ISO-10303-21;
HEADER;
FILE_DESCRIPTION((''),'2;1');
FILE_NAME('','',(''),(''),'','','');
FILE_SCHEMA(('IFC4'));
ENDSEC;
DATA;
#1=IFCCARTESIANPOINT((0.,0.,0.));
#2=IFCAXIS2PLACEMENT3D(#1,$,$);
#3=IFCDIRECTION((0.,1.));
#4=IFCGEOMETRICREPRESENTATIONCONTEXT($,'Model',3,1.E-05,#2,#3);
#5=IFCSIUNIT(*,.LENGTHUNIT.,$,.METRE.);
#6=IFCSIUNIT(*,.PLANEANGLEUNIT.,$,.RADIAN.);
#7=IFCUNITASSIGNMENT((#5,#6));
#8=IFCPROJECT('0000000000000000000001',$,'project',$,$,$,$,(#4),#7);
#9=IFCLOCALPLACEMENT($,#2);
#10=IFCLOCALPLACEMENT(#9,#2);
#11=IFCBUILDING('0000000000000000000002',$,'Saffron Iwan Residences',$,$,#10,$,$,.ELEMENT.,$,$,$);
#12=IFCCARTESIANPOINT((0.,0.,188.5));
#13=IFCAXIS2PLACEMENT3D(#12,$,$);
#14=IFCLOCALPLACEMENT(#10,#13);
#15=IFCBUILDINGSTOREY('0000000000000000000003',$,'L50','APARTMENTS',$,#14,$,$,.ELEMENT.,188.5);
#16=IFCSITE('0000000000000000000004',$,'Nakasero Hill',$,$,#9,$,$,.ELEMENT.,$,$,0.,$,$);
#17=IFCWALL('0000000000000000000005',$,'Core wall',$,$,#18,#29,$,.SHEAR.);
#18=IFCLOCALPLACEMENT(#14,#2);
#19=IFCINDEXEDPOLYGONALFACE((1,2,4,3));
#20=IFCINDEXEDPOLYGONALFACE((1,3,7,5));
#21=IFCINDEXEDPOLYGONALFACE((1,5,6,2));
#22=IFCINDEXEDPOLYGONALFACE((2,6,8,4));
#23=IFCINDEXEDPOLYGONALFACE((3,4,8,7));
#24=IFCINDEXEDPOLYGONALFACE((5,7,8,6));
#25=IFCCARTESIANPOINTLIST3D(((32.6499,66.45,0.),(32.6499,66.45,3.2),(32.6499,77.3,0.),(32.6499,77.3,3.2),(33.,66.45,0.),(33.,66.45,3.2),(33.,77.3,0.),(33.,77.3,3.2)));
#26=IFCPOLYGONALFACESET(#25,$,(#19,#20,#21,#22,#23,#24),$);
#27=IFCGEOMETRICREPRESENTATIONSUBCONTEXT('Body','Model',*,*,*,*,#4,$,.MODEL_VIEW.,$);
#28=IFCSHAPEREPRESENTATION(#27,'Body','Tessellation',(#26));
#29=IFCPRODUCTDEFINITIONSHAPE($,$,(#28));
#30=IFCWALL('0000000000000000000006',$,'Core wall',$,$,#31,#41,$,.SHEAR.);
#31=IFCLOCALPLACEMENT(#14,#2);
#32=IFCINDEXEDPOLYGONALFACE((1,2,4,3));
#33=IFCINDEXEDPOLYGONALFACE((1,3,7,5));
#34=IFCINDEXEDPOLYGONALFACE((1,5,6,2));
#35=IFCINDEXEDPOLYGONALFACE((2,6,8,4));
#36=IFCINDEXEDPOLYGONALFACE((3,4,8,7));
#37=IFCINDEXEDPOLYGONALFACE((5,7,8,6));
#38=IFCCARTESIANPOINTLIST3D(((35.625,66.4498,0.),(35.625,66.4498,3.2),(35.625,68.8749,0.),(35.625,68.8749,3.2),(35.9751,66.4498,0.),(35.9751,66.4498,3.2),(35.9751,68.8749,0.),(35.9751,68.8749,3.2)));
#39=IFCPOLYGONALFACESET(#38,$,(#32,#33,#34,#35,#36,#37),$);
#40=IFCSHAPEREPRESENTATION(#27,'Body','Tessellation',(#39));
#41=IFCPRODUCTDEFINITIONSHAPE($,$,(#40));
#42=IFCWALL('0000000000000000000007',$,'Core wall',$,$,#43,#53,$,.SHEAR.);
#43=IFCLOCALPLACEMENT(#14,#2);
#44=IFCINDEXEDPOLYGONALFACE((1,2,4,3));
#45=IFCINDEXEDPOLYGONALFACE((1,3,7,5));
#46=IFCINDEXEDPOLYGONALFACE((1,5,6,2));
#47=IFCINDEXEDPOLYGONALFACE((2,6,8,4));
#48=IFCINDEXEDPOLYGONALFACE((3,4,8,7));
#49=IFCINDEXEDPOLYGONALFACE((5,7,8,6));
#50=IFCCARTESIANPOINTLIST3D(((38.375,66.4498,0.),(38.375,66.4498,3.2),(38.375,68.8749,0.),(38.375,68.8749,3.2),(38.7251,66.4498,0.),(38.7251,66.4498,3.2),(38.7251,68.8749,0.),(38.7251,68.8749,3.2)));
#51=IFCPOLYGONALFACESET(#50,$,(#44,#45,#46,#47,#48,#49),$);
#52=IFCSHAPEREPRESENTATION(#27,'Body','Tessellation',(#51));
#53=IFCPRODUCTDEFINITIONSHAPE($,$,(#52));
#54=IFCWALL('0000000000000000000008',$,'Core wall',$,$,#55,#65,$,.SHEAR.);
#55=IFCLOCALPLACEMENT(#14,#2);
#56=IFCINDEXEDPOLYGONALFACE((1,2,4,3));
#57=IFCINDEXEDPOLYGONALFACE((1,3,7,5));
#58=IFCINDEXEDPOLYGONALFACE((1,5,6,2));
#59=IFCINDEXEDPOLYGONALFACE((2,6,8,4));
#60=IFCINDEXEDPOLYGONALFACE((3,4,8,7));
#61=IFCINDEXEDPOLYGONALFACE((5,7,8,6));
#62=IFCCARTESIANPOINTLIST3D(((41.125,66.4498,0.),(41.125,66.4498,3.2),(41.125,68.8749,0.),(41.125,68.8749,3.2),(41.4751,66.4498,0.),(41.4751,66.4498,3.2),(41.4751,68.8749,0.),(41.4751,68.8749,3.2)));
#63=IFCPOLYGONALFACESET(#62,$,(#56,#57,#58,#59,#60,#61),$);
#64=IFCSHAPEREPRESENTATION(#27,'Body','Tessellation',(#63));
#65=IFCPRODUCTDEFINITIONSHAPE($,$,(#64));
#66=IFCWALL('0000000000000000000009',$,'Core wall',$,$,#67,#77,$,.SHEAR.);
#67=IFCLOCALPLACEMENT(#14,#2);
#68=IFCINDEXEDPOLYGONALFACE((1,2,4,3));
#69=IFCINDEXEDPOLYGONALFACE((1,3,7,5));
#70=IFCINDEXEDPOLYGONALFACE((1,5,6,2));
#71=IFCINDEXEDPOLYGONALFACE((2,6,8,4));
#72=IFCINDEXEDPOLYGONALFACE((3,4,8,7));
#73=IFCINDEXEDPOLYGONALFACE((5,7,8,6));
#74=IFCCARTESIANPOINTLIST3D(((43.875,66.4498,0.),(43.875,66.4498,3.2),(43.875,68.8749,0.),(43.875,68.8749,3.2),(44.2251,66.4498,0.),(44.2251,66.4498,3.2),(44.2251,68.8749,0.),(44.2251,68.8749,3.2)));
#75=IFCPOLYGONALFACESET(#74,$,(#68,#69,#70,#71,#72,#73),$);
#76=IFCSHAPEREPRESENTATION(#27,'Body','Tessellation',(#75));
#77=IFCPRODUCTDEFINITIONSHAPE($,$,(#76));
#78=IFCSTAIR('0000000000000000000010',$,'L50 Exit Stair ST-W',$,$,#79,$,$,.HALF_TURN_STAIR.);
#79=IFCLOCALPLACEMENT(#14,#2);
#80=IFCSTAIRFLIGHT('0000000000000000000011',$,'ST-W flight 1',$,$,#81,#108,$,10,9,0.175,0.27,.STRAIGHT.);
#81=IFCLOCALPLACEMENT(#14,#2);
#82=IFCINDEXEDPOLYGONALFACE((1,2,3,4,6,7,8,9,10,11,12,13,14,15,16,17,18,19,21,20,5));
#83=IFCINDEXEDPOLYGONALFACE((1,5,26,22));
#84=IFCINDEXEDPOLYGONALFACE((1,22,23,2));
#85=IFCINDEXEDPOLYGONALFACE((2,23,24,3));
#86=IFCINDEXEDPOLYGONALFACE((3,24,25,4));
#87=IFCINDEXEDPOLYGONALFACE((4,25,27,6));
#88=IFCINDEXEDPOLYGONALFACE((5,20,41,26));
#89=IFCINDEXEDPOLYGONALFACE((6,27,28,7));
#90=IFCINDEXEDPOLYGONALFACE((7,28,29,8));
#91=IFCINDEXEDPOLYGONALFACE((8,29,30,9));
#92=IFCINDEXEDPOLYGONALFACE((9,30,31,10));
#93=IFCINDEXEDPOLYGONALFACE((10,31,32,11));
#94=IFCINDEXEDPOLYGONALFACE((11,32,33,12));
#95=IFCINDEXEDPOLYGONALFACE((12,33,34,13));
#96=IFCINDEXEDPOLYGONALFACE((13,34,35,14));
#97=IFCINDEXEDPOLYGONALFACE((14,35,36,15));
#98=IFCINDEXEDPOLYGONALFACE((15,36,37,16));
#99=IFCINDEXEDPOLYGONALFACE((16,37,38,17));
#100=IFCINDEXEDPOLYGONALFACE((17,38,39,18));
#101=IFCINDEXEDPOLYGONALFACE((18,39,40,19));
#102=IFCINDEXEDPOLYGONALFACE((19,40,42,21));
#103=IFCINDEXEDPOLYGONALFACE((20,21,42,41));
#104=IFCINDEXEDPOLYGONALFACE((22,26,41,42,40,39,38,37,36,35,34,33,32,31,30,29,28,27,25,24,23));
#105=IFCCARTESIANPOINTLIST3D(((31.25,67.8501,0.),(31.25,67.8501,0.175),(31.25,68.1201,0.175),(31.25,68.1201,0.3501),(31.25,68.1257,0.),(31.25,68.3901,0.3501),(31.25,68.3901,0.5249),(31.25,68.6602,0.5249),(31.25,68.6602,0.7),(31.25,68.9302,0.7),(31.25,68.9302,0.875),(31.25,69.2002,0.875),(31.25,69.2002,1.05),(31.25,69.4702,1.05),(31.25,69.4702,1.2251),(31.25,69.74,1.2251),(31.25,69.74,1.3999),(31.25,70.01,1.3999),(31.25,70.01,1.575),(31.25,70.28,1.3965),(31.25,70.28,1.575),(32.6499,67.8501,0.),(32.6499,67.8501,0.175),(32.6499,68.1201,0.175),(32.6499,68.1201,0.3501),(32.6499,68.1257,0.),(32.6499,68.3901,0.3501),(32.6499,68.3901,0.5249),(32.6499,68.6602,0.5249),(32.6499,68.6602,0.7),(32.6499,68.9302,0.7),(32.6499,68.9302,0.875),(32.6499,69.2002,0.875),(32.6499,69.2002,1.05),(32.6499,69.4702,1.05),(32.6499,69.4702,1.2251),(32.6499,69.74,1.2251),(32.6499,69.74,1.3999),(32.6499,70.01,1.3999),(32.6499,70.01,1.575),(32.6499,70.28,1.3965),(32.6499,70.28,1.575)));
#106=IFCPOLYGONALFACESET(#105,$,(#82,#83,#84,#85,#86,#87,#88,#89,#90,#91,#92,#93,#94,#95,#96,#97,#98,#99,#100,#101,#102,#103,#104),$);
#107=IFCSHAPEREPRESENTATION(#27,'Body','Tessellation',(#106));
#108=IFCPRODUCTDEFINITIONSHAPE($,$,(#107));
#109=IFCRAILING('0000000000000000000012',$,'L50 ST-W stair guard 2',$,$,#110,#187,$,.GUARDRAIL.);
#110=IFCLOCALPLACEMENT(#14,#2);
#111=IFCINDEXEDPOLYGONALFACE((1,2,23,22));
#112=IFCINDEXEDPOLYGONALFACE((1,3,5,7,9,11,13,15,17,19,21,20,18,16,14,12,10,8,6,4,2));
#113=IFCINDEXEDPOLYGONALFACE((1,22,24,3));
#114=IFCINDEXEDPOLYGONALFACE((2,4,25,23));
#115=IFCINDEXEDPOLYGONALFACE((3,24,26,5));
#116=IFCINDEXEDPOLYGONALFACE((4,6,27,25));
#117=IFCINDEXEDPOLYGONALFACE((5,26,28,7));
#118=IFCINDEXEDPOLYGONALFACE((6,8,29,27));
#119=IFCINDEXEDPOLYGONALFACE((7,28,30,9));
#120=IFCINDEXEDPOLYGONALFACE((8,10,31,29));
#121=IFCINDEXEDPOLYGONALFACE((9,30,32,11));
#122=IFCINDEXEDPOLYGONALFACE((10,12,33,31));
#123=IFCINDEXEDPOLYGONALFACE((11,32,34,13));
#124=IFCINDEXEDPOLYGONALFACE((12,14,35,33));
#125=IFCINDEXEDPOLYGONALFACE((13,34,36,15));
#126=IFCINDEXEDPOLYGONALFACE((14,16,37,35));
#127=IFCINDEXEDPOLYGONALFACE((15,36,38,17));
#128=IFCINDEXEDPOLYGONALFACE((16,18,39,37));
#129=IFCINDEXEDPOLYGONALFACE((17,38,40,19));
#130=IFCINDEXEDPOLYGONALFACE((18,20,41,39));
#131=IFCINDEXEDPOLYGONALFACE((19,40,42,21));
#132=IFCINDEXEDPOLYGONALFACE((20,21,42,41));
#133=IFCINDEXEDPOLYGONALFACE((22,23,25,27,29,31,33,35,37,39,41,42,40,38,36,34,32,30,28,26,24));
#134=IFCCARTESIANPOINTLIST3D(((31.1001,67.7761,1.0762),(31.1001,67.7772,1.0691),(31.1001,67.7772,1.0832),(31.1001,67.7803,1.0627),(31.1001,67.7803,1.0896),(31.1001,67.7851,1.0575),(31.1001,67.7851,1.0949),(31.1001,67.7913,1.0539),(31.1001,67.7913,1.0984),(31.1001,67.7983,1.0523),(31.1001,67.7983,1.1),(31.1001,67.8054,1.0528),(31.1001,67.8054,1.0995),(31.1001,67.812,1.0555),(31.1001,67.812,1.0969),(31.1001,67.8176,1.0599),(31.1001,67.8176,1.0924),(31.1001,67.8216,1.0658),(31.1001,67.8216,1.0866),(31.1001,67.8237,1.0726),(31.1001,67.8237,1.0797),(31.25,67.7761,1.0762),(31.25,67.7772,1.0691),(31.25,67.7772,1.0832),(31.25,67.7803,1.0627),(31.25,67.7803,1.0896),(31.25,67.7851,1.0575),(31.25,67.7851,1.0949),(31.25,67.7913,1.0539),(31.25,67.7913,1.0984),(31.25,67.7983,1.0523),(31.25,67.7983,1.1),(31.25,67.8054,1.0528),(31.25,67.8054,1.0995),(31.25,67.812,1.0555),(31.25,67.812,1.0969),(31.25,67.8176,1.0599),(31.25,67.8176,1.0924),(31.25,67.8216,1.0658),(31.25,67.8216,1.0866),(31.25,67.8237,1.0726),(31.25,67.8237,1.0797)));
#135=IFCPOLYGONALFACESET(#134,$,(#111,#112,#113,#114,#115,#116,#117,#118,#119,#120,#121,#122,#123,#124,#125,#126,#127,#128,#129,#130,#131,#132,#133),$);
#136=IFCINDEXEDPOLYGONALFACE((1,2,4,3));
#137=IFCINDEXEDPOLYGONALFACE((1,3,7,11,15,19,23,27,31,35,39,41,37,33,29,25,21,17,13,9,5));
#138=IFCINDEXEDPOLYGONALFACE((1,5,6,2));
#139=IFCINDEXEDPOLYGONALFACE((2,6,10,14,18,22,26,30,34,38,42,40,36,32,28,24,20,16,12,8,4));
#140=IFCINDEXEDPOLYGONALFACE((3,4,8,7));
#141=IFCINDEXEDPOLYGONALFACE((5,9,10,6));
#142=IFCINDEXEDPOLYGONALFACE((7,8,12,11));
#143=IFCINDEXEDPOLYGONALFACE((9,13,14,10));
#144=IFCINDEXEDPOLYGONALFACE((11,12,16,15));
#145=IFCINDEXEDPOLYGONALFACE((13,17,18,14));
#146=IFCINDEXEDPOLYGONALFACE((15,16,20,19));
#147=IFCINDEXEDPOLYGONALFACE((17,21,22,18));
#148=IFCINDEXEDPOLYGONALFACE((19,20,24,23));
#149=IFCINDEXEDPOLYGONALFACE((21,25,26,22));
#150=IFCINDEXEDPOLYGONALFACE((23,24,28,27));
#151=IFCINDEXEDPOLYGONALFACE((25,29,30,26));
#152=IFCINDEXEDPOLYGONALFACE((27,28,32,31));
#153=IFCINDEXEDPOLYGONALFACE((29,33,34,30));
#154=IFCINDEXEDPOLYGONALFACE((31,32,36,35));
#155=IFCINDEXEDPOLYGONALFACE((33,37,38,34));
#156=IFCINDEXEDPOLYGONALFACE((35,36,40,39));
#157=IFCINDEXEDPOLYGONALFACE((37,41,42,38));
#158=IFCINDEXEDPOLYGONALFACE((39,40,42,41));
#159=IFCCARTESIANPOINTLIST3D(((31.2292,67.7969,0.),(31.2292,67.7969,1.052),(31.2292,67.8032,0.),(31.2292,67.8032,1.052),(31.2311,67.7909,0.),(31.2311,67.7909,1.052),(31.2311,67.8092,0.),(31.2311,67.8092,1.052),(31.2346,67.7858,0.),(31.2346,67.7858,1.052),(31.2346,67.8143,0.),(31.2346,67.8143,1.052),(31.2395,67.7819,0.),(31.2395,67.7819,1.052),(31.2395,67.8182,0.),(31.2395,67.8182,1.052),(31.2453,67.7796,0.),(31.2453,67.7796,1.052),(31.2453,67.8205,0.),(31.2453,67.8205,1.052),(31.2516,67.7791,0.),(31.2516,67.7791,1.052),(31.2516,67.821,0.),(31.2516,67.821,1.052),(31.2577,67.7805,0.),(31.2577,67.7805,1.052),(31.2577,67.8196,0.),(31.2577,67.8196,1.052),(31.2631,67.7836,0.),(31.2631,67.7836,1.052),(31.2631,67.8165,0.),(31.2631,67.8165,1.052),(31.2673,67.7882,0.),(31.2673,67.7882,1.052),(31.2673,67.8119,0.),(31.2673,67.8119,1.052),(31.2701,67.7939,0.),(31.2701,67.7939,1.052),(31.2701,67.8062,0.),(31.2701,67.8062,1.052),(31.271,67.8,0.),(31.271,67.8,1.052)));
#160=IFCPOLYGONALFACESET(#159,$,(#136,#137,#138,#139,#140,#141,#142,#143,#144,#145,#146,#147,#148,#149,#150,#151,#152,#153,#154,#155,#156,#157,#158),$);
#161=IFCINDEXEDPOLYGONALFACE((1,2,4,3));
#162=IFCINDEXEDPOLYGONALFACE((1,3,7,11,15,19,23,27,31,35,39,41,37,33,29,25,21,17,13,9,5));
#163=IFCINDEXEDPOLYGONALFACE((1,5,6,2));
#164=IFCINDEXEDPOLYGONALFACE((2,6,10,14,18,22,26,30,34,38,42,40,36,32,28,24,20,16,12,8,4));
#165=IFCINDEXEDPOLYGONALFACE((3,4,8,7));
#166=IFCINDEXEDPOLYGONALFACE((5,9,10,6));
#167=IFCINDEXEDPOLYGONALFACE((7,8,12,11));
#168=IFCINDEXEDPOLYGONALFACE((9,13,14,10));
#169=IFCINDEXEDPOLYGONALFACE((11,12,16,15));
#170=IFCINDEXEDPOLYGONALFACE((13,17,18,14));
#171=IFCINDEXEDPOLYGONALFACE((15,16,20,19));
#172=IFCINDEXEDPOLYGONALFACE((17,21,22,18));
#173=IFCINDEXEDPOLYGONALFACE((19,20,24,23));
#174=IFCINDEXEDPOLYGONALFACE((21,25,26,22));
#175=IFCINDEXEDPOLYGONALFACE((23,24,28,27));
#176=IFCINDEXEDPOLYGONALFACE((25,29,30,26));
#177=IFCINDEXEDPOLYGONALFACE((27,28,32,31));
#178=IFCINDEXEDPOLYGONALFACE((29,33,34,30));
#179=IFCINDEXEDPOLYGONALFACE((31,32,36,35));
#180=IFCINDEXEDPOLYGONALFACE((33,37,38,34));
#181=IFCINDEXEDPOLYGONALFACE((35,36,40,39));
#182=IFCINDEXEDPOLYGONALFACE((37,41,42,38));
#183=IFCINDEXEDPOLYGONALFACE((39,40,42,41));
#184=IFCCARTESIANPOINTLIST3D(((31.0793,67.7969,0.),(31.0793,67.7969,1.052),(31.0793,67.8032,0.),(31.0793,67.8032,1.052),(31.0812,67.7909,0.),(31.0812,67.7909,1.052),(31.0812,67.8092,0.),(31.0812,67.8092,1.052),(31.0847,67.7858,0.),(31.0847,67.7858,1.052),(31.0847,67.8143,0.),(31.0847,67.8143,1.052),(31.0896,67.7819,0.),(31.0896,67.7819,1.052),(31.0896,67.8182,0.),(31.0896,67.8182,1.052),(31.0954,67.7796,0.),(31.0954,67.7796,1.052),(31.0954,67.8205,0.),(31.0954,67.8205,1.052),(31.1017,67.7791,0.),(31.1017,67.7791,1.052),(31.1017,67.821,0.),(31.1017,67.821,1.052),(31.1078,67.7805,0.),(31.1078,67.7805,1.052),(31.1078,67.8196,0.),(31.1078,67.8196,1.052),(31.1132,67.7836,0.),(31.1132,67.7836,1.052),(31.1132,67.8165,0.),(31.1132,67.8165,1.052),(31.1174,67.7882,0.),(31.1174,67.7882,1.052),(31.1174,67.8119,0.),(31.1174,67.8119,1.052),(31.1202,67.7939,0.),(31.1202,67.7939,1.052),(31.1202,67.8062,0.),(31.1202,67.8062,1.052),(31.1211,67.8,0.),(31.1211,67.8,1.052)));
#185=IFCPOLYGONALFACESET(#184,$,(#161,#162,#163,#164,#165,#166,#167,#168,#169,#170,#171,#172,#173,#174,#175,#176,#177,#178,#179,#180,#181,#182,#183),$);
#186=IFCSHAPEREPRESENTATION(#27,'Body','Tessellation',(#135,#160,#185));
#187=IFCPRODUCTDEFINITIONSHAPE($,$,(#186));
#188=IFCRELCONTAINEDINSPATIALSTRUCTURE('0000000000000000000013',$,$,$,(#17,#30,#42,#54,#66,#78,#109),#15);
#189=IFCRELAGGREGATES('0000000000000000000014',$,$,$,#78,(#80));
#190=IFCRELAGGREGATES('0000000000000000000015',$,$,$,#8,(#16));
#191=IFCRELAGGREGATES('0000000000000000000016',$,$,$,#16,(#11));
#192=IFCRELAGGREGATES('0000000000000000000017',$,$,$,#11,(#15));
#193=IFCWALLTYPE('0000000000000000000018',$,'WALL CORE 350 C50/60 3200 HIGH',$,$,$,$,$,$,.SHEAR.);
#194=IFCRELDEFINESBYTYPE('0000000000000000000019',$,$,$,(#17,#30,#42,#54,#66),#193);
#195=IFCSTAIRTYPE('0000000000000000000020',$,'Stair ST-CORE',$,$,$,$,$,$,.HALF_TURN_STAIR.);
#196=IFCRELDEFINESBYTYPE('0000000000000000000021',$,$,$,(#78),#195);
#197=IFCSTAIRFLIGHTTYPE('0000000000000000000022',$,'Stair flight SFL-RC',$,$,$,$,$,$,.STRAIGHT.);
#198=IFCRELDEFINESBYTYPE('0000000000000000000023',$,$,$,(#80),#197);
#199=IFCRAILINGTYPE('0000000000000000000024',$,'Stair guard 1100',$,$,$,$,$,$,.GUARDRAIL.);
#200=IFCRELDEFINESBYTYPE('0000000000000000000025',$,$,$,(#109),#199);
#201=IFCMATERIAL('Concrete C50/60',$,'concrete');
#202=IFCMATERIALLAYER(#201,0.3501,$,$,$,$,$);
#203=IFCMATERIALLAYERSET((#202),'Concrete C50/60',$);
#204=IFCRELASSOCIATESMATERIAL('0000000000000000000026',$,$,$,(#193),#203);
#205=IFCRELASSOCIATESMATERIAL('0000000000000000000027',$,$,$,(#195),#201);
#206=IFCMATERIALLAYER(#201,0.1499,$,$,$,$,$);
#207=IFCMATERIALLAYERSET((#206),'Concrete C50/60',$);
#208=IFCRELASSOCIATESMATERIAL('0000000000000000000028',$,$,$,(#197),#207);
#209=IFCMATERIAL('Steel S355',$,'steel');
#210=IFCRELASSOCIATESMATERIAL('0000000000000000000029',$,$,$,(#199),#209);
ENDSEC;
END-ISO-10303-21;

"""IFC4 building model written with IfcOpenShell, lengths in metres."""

from ifc_helpers import new_model, si_unit, direction, frame, frame_2d, origin, origin_2d, place, context, subcontext, project, spatial, polyline, rectangle, circle, outline, extrude, material, layer, layer_set, type_object, element, aggregate, save


model = new_model("IFC4")

# Units and contexts
model_context = context("Model", 3, precision=1e-05, world=origin(), true_north=direction((0.0, 1.0)))
body_context = subcontext(model_context, "Body", "Model", "MODEL_VIEW")
ifc_project = project(units=[si_unit("LENGTHUNIT", "METRE"), si_unit("PLANEANGLEUNIT", "RADIAN")], contexts=[model_context])

# Site, building, storey
site_placement = place(None, origin())
site = spatial("IfcSite", under=ifc_project, at=site_placement, Name="Nakasero Hill", CompositionType="ELEMENT", RefElevation=0.0)
building_placement = place(site_placement, origin())
building = spatial("IfcBuilding", under=site, at=building_placement, Name="Saffron Iwan Residences", CompositionType="ELEMENT")
storey_placement = place(building_placement, frame((0.0, 0.0, 188.5)))
storey = spatial("IfcBuildingStorey", under=building, at=storey_placement, Name="L50", Description="APARTMENTS", CompositionType="ELEMENT", Elevation=188.5)

# Shared definitions
ifc_material_1 = material(Name="Concrete C50/60", Category="concrete")
ifc_layer_1 = layer(ifc_material_1, 0.3501)
ifc_layer_set_1 = layer_set([ifc_layer_1], Name="Concrete C50/60")
wall_type_1 = type_object("IfcWallType", Name="WALL CORE 350 C50/60 3200 HIGH", PredefinedType="SHEAR", material=ifc_layer_set_1)

# Walls
wall_1_placement = place(storey_placement, frame((32.825, 66.45, 0.0), z_axis=(0.0, 0.0, 1.0), x_axis=(0.0, 1.0, 0.0)))
element("IfcWall", 1, at=wall_1_placement, inside=storey, type_object=wall_type_1, Name="Core wall", PredefinedType="SHEAR", context=body_context, shape_type="SweptSolid", body=[
    extrude(rectangle(XDim=10.8501, YDim=0.3501, at=frame_2d((5.425, 0.0))), origin(), (0.0, 0.0, 1.0), 3.2),
])
for number, where, z_axis, x_axis, name in (
    (2, (35.8, 66.45, 0.0), (0.0, 0.0, 1.0), (0.0, 1.0, 0.0), "Core wall"),
    (3, (38.55, 66.45, 0.0), (0.0, 0.0, 1.0), (0.0, 1.0, 0.0), "Core wall"),
    (4, (41.3, 66.45, 0.0), (0.0, 0.0, 1.0), (0.0, 1.0, 0.0), "Core wall"),
    (5, (44.05, 66.45, 0.0), (0.0, 0.0, 1.0), (0.0, 1.0, 0.0), "Core wall"),
):
    element("IfcWall", number, at=place(storey_placement, frame(where, z_axis=z_axis, x_axis=x_axis)), inside=storey, type_object=wall_type_1, Name=name, PredefinedType="SHEAR", context=body_context, shape_type="SweptSolid", body=[
        extrude(rectangle(XDim=2.425, YDim=0.3501, at=frame_2d((1.2124, 0.0))), origin(), (0.0, 0.0, 1.0), 3.2),
    ])

# Stair, stair flight
stair_type = type_object("IfcStairType", Name="Stair ST-CORE", PredefinedType="HALF_TURN_STAIR", material=ifc_material_1)
stair_placement = place(storey_placement, origin())
stair = element("IfcStair", 6, at=stair_placement, inside=storey, type_object=stair_type, Name="L50 Exit Stair ST-W", PredefinedType="HALF_TURN_STAIR")
ifc_layer_2 = layer(ifc_material_1, 0.1499)
ifc_layer_set_2 = layer_set([ifc_layer_2], Name="Concrete C50/60")
stair_flight_type = type_object("IfcStairFlightType", Name="Stair flight SFL-RC", PredefinedType="STRAIGHT", material=ifc_layer_set_2)
stair_flight_placement = place(storey_placement, frame((31.95, 67.8501, 0.0), z_axis=(0.0, 0.0, 1.0), x_axis=(0.0, 1.0, 0.0)))
stair_flight = element("IfcStairFlight", 7, at=stair_flight_placement, type_object=stair_flight_type, Name="ST-W flight 1", NumberOfRisers=10, NumberOfTreads=9, PredefinedType="STRAIGHT", RiserHeight=0.175, TreadLength=0.27, context=body_context, shape_type="SweptSolid", body=[
    extrude(outline(polyline([(0.0, 0.0), (0.0, 0.175), (0.27, 0.175), (0.27, 0.3501), (0.54, 0.3501), (0.54, 0.5249), (0.8101, 0.5249), (0.8101, 0.7), (1.0801, 0.7), (1.0801, 0.875), (1.3501, 0.875), (1.3501, 1.05), (1.6201, 1.05), (1.6201, 1.2251), (1.8899, 1.2251), (1.8899, 1.3999), (2.1599, 1.3999), (2.1599, 1.575), (2.4299, 1.575), (2.4299, 1.75), (2.4299, 1.3965), (0.2756, 0.0), (0.0, 0.0)])), frame((0.0, 0.7, 0.0), z_axis=(0.0, -1.0, 0.0), x_axis=(1.0, 0.0, 0.0)), (0.0, 0.0, 1.0), 1.3999),
])
aggregate(stair, [stair_flight])

# Railing
ifc_material_2 = material(Name="Steel S355", Category="steel")
railing_type_1 = type_object("IfcRailingType", Name="Stair guard 1100", PredefinedType="GUARDRAIL", material=ifc_material_2)
railing_1_placement = place(storey_placement, frame((31.25, 67.8, 0.0)))
element("IfcRailing", 8, at=railing_1_placement, inside=storey, type_object=railing_type_1, Name="L50 ST-W stair guard 2", PredefinedType="GUARDRAIL", context=body_context, shape_type="SweptSolid", body=[
    extrude(circle(Radius=0.0239, at=origin_2d()), frame((0.0, 0.0, 1.0762), z_axis=(-1.0, 0.0, 0.0), x_axis=(0.0, -1.0, 0.0)), (0.0, 0.0, 1.0), 0.1499),
    extrude(circle(Radius=0.021, at=origin_2d()), origin(), (0.0, 0.0, 1.0), 1.052),
    extrude(circle(Radius=0.021, at=origin_2d()), frame((-0.1499, 0.0, 0.0)), (0.0, 0.0, 1.0), 1.052),
])

save(model, "model.ifc")
